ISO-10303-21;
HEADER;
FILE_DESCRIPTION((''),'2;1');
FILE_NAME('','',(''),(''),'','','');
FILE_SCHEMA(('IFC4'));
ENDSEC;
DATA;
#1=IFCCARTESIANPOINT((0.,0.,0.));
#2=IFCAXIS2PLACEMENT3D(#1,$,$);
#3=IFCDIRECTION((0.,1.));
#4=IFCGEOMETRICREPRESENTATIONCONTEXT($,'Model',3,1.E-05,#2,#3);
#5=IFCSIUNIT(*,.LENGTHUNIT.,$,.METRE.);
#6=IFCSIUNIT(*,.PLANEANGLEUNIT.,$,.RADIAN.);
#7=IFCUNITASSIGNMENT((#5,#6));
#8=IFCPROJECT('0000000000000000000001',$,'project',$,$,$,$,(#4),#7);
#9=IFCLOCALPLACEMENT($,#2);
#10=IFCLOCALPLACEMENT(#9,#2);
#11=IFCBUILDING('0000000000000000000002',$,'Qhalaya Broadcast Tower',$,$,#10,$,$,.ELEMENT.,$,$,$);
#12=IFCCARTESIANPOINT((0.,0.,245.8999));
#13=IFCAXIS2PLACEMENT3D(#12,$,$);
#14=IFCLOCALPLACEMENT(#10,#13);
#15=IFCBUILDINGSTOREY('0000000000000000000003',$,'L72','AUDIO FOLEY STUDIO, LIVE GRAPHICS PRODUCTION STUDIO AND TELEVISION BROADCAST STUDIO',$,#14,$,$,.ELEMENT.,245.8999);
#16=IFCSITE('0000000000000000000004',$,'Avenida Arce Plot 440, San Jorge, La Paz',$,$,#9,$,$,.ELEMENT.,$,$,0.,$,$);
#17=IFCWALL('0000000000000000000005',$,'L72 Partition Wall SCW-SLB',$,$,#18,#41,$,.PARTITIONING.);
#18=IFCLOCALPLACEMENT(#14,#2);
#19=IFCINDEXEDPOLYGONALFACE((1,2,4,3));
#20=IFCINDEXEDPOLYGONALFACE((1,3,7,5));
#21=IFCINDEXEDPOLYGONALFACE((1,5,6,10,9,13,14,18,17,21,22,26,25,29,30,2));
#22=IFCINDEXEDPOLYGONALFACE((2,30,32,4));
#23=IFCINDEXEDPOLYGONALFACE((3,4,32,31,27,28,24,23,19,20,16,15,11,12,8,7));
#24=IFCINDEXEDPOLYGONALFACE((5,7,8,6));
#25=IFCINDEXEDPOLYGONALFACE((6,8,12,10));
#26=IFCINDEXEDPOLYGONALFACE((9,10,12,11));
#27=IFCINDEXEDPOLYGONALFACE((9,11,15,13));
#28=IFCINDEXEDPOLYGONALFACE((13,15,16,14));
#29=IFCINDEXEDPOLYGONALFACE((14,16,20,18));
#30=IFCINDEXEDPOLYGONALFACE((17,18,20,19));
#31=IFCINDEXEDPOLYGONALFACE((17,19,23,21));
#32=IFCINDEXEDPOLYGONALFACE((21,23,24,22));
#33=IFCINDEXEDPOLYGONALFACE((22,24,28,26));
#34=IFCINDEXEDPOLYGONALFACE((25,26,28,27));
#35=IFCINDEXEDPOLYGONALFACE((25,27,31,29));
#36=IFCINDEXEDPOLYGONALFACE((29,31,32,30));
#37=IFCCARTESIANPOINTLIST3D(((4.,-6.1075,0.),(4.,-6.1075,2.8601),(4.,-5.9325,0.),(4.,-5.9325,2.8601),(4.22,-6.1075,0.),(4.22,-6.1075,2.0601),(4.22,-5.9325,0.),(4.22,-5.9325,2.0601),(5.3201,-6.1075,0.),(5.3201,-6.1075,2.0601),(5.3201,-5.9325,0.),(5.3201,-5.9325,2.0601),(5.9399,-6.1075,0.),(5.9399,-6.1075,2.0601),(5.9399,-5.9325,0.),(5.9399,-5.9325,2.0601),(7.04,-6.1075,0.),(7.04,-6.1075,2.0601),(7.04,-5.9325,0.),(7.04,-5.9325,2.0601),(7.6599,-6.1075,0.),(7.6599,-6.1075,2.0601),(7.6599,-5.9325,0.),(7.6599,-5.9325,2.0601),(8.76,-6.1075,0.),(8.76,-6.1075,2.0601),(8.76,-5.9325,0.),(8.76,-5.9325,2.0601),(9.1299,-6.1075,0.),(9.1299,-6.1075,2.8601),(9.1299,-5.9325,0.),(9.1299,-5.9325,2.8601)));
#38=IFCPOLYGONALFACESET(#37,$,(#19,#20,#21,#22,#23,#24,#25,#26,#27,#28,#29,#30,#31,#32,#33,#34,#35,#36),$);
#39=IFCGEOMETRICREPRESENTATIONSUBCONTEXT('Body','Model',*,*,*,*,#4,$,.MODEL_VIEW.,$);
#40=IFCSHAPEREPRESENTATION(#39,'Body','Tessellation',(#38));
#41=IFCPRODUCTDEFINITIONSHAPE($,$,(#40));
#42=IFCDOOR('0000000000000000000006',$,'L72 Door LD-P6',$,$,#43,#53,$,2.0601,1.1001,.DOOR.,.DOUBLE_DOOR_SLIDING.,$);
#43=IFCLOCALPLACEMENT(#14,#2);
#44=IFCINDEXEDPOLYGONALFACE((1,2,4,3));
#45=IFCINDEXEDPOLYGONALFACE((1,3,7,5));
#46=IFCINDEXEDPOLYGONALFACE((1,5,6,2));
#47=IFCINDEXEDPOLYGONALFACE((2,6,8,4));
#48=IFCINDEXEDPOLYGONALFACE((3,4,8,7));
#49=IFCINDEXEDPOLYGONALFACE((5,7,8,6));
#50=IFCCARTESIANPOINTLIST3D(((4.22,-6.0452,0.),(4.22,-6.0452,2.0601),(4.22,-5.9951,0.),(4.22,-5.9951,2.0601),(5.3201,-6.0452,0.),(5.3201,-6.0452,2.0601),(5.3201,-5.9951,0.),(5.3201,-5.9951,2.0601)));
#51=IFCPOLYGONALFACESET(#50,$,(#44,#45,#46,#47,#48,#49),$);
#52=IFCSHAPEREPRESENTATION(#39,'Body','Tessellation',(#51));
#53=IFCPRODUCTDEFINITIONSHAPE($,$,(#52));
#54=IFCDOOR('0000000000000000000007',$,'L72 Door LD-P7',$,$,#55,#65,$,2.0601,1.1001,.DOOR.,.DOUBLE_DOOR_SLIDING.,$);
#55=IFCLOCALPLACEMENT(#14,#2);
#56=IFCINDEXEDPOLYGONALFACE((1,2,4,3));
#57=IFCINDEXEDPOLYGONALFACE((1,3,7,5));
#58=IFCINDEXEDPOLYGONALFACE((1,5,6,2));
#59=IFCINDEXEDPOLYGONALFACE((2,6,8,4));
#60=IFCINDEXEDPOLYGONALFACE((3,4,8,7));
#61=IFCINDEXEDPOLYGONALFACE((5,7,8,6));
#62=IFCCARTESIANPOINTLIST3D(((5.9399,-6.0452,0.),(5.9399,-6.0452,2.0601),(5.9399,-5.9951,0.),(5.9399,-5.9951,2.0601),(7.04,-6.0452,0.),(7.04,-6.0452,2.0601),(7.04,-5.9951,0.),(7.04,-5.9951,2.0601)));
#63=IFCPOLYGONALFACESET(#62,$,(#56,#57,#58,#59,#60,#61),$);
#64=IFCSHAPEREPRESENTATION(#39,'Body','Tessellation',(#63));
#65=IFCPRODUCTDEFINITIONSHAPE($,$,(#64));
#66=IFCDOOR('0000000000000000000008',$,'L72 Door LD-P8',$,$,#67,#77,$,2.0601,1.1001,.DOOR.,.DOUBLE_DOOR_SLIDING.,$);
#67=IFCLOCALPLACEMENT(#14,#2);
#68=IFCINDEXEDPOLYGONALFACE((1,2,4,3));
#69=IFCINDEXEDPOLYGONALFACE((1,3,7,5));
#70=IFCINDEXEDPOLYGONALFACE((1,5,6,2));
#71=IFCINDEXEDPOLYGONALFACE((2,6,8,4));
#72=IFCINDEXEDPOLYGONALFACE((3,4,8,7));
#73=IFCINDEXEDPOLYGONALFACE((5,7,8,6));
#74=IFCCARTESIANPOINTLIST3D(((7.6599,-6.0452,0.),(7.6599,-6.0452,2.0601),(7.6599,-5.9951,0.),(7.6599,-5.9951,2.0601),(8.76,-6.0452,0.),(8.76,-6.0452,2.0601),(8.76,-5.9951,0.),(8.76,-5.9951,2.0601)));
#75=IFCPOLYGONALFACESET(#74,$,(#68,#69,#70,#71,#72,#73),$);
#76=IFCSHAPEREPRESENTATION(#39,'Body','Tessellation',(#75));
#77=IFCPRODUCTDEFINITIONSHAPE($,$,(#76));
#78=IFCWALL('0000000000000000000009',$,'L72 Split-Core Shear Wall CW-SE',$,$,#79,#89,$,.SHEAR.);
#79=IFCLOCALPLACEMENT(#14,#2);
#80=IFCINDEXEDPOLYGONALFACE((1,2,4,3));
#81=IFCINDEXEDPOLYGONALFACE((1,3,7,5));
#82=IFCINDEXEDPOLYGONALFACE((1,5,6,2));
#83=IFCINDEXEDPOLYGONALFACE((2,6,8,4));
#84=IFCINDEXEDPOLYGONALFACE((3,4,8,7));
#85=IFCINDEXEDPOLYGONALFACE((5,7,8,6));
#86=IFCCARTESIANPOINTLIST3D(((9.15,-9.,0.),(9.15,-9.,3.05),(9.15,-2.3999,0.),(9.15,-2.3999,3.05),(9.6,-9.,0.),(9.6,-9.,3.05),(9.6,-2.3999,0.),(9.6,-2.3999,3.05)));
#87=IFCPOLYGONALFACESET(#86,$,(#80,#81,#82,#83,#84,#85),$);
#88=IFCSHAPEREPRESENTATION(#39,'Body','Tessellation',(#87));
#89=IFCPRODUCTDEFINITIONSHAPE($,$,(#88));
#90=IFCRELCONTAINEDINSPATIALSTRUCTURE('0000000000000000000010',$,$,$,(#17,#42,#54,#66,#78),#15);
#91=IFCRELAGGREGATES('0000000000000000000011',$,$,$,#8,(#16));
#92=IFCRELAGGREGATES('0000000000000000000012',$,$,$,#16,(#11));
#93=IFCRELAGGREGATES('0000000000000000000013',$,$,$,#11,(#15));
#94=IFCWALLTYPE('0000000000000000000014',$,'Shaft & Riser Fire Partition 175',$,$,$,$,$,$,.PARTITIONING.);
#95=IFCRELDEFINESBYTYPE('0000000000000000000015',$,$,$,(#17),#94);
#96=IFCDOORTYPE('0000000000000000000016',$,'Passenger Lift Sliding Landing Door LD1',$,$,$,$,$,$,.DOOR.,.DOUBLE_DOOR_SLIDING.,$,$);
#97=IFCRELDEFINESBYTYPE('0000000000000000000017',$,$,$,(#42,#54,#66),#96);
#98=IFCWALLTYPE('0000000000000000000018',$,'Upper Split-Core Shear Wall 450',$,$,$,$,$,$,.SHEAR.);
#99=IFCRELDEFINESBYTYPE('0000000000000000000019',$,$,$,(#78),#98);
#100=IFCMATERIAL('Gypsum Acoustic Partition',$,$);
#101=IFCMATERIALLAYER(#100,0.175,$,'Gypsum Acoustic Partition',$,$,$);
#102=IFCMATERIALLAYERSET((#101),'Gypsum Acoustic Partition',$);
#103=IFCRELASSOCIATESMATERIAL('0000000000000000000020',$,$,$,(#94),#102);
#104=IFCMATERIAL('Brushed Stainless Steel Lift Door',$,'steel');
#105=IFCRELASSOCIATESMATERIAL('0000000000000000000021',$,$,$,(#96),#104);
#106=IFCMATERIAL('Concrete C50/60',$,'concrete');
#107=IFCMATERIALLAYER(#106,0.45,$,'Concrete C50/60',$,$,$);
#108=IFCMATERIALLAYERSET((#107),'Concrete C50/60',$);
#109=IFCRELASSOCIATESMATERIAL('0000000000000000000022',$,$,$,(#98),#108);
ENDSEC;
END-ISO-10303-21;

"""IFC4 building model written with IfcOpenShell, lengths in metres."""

from ifc_helpers import new_model, si_unit, direction, frame, frame_2d, origin, place, context, subcontext, project, spatial, rectangle, extrude, material, layer, layer_set, type_object, element, fill, save


model = new_model("IFC4")

# Units and contexts
model_context = context("Model", 3, precision=1e-05, world=origin(), true_north=direction((0.0, 1.0)))
body_context = subcontext(model_context, "Body", "Model", "MODEL_VIEW")
ifc_project = project(units=[si_unit("LENGTHUNIT", "METRE"), si_unit("PLANEANGLEUNIT", "RADIAN")], contexts=[model_context])

# Site, building, storey
site_placement = place(None, origin())
site = spatial("IfcSite", under=ifc_project, at=site_placement, Name="Avenida Arce Plot 440, San Jorge, La Paz", CompositionType="ELEMENT", RefElevation=0.0)
building_placement = place(site_placement, origin())
building = spatial("IfcBuilding", under=site, at=building_placement, Name="Qhalaya Broadcast Tower", CompositionType="ELEMENT")
storey_placement = place(building_placement, frame((0.0, 0.0, 245.8999)))
storey = spatial("IfcBuildingStorey", under=building, at=storey_placement, Name="L72", Description="AUDIO FOLEY STUDIO, LIVE GRAPHICS PRODUCTION STUDIO AND TELEVISION BROADCAST STUDIO", CompositionType="ELEMENT", Elevation=245.8999)

# Shared definitions
ifc_material_1 = material(Name="Concrete C50/60", Category="concrete")

# Shared definitions
ifc_material_2 = material(Name="Gypsum Acoustic Partition")

# Wall, openings, doors
ifc_layer_1 = layer(ifc_material_2, 0.175, Name="Gypsum Acoustic Partition")
ifc_layer_set_1 = layer_set([ifc_layer_1], Name="Gypsum Acoustic Partition")
wall_type_1 = type_object("IfcWallType", Name="Shaft & Riser Fire Partition 175", PredefinedType="PARTITIONING", material=ifc_layer_set_1)
wall_1_placement = place(storey_placement, frame((4.0, -6.02, 0.0), z_axis=(0.0, 0.0, 1.0), x_axis=(1.0, 0.0, 0.0)))
wall_1 = element("IfcWall", 1, at=wall_1_placement, inside=storey, type_object=wall_type_1, Name="L72 Partition Wall SCW-SLB", PredefinedType="PARTITIONING", context=body_context, shape_type="SweptSolid", body=[
    extrude(rectangle(XDim=5.1299, YDim=0.175, at=frame_2d((2.5649, 0.0))), origin(), (0.0, 0.0, 1.0), 2.8601),
])
opening_1_placement = place(wall_1_placement, frame((0.22, 0.0, 0.0)))
opening_1 = element("IfcOpeningElement", 2, at=opening_1_placement, cuts=wall_1, PredefinedType="OPENING", context=body_context, shape_type="SweptSolid", body=[
    extrude(rectangle(XDim=1.1001, YDim=2.0601, at=frame_2d((0.55, 1.03))), frame((0.0, 0.0996, 0.0), z_axis=(0.0, -1.0, 0.0), x_axis=(1.0, 0.0, 0.0)), (0.0, 0.0, 1.0), 0.199),
])
opening_2_placement = place(wall_1_placement, frame((1.9399, 0.0, 0.0)))
opening_2 = element("IfcOpeningElement", 3, at=opening_2_placement, cuts=wall_1, PredefinedType="OPENING", context=body_context, shape_type="SweptSolid", body=[
    extrude(rectangle(XDim=1.1001, YDim=2.0601, at=frame_2d((0.55, 1.03))), frame((0.0, 0.0996, 0.0), z_axis=(0.0, -1.0, 0.0), x_axis=(1.0, 0.0, 0.0)), (0.0, 0.0, 1.0), 0.199),
])
opening_3_placement = place(wall_1_placement, frame((3.6599, 0.0, 0.0)))
opening_3 = element("IfcOpeningElement", 4, at=opening_3_placement, cuts=wall_1, PredefinedType="OPENING", context=body_context, shape_type="SweptSolid", body=[
    extrude(rectangle(XDim=1.1001, YDim=2.0601, at=frame_2d((0.55, 1.03))), frame((0.0, 0.0996, 0.0), z_axis=(0.0, -1.0, 0.0), x_axis=(1.0, 0.0, 0.0)), (0.0, 0.0, 1.0), 0.199),
])
ifc_material_3 = material(Name="Brushed Stainless Steel Lift Door", Category="steel")
door_type_1 = type_object("IfcDoorType", Name="Passenger Lift Sliding Landing Door LD1", OperationType="DOUBLE_DOOR_SLIDING", PredefinedType="DOOR", material=ifc_material_3)
door_1_placement = place(opening_1_placement, origin())
door_1 = element("IfcDoor", 5, at=door_1_placement, inside=storey, type_object=door_type_1, Name="L72 Door LD-P6", OperationType="DOUBLE_DOOR_SLIDING", OverallHeight=2.0601, OverallWidth=1.1001, PredefinedType="DOOR", context=body_context, shape_type="SweptSolid", body=[
    extrude(rectangle(XDim=1.1001, YDim=2.0601, at=frame_2d((0.55, 1.03))), frame((0.0, 0.0249, 0.0), z_axis=(0.0, -1.0, 0.0), x_axis=(1.0, 0.0, 0.0)), (0.0, 0.0, 1.0), 0.05),
])
fill(opening_1, door_1)
door_2_placement = place(opening_2_placement, origin())
door_2 = element("IfcDoor", 6, at=door_2_placement, inside=storey, type_object=door_type_1, Name="L72 Door LD-P7", OperationType="DOUBLE_DOOR_SLIDING", OverallHeight=2.0601, OverallWidth=1.1001, PredefinedType="DOOR", context=body_context, shape_type="SweptSolid", body=[
    extrude(rectangle(XDim=1.1001, YDim=2.0601, at=frame_2d((0.55, 1.03))), frame((0.0, 0.0249, 0.0), z_axis=(0.0, -1.0, 0.0), x_axis=(1.0, 0.0, 0.0)), (0.0, 0.0, 1.0), 0.05),
])
fill(opening_2, door_2)
door_3_placement = place(opening_3_placement, origin())
door_3 = element("IfcDoor", 7, at=door_3_placement, inside=storey, type_object=door_type_1, Name="L72 Door LD-P8", OperationType="DOUBLE_DOOR_SLIDING", OverallHeight=2.0601, OverallWidth=1.1001, PredefinedType="DOOR", context=body_context, shape_type="SweptSolid", body=[
    extrude(rectangle(XDim=1.1001, YDim=2.0601, at=frame_2d((0.55, 1.03))), frame((0.0, 0.0249, 0.0), z_axis=(0.0, -1.0, 0.0), x_axis=(1.0, 0.0, 0.0)), (0.0, 0.0, 1.0), 0.05),
])
fill(opening_3, door_3)

# Wall
ifc_layer_2 = layer(ifc_material_1, 0.45, Name="Concrete C50/60")
ifc_layer_set_2 = layer_set([ifc_layer_2], Name="Concrete C50/60")
wall_type_2 = type_object("IfcWallType", Name="Upper Split-Core Shear Wall 450", PredefinedType="SHEAR", material=ifc_layer_set_2)
wall_2_placement = place(storey_placement, frame((9.375, -9.0, 0.0), z_axis=(0.0, 0.0, 1.0), x_axis=(0.0, 1.0, 0.0)))
element("IfcWall", 8, at=wall_2_placement, inside=storey, type_object=wall_type_2, Name="L72 Split-Core Shear Wall CW-SE", PredefinedType="SHEAR", context=body_context, shape_type="SweptSolid", body=[
    extrude(rectangle(XDim=6.6001, YDim=0.45, at=frame_2d((3.3, 0.0))), origin(), (0.0, 0.0, 1.0), 3.05),
])

save(model, "model.ifc")
